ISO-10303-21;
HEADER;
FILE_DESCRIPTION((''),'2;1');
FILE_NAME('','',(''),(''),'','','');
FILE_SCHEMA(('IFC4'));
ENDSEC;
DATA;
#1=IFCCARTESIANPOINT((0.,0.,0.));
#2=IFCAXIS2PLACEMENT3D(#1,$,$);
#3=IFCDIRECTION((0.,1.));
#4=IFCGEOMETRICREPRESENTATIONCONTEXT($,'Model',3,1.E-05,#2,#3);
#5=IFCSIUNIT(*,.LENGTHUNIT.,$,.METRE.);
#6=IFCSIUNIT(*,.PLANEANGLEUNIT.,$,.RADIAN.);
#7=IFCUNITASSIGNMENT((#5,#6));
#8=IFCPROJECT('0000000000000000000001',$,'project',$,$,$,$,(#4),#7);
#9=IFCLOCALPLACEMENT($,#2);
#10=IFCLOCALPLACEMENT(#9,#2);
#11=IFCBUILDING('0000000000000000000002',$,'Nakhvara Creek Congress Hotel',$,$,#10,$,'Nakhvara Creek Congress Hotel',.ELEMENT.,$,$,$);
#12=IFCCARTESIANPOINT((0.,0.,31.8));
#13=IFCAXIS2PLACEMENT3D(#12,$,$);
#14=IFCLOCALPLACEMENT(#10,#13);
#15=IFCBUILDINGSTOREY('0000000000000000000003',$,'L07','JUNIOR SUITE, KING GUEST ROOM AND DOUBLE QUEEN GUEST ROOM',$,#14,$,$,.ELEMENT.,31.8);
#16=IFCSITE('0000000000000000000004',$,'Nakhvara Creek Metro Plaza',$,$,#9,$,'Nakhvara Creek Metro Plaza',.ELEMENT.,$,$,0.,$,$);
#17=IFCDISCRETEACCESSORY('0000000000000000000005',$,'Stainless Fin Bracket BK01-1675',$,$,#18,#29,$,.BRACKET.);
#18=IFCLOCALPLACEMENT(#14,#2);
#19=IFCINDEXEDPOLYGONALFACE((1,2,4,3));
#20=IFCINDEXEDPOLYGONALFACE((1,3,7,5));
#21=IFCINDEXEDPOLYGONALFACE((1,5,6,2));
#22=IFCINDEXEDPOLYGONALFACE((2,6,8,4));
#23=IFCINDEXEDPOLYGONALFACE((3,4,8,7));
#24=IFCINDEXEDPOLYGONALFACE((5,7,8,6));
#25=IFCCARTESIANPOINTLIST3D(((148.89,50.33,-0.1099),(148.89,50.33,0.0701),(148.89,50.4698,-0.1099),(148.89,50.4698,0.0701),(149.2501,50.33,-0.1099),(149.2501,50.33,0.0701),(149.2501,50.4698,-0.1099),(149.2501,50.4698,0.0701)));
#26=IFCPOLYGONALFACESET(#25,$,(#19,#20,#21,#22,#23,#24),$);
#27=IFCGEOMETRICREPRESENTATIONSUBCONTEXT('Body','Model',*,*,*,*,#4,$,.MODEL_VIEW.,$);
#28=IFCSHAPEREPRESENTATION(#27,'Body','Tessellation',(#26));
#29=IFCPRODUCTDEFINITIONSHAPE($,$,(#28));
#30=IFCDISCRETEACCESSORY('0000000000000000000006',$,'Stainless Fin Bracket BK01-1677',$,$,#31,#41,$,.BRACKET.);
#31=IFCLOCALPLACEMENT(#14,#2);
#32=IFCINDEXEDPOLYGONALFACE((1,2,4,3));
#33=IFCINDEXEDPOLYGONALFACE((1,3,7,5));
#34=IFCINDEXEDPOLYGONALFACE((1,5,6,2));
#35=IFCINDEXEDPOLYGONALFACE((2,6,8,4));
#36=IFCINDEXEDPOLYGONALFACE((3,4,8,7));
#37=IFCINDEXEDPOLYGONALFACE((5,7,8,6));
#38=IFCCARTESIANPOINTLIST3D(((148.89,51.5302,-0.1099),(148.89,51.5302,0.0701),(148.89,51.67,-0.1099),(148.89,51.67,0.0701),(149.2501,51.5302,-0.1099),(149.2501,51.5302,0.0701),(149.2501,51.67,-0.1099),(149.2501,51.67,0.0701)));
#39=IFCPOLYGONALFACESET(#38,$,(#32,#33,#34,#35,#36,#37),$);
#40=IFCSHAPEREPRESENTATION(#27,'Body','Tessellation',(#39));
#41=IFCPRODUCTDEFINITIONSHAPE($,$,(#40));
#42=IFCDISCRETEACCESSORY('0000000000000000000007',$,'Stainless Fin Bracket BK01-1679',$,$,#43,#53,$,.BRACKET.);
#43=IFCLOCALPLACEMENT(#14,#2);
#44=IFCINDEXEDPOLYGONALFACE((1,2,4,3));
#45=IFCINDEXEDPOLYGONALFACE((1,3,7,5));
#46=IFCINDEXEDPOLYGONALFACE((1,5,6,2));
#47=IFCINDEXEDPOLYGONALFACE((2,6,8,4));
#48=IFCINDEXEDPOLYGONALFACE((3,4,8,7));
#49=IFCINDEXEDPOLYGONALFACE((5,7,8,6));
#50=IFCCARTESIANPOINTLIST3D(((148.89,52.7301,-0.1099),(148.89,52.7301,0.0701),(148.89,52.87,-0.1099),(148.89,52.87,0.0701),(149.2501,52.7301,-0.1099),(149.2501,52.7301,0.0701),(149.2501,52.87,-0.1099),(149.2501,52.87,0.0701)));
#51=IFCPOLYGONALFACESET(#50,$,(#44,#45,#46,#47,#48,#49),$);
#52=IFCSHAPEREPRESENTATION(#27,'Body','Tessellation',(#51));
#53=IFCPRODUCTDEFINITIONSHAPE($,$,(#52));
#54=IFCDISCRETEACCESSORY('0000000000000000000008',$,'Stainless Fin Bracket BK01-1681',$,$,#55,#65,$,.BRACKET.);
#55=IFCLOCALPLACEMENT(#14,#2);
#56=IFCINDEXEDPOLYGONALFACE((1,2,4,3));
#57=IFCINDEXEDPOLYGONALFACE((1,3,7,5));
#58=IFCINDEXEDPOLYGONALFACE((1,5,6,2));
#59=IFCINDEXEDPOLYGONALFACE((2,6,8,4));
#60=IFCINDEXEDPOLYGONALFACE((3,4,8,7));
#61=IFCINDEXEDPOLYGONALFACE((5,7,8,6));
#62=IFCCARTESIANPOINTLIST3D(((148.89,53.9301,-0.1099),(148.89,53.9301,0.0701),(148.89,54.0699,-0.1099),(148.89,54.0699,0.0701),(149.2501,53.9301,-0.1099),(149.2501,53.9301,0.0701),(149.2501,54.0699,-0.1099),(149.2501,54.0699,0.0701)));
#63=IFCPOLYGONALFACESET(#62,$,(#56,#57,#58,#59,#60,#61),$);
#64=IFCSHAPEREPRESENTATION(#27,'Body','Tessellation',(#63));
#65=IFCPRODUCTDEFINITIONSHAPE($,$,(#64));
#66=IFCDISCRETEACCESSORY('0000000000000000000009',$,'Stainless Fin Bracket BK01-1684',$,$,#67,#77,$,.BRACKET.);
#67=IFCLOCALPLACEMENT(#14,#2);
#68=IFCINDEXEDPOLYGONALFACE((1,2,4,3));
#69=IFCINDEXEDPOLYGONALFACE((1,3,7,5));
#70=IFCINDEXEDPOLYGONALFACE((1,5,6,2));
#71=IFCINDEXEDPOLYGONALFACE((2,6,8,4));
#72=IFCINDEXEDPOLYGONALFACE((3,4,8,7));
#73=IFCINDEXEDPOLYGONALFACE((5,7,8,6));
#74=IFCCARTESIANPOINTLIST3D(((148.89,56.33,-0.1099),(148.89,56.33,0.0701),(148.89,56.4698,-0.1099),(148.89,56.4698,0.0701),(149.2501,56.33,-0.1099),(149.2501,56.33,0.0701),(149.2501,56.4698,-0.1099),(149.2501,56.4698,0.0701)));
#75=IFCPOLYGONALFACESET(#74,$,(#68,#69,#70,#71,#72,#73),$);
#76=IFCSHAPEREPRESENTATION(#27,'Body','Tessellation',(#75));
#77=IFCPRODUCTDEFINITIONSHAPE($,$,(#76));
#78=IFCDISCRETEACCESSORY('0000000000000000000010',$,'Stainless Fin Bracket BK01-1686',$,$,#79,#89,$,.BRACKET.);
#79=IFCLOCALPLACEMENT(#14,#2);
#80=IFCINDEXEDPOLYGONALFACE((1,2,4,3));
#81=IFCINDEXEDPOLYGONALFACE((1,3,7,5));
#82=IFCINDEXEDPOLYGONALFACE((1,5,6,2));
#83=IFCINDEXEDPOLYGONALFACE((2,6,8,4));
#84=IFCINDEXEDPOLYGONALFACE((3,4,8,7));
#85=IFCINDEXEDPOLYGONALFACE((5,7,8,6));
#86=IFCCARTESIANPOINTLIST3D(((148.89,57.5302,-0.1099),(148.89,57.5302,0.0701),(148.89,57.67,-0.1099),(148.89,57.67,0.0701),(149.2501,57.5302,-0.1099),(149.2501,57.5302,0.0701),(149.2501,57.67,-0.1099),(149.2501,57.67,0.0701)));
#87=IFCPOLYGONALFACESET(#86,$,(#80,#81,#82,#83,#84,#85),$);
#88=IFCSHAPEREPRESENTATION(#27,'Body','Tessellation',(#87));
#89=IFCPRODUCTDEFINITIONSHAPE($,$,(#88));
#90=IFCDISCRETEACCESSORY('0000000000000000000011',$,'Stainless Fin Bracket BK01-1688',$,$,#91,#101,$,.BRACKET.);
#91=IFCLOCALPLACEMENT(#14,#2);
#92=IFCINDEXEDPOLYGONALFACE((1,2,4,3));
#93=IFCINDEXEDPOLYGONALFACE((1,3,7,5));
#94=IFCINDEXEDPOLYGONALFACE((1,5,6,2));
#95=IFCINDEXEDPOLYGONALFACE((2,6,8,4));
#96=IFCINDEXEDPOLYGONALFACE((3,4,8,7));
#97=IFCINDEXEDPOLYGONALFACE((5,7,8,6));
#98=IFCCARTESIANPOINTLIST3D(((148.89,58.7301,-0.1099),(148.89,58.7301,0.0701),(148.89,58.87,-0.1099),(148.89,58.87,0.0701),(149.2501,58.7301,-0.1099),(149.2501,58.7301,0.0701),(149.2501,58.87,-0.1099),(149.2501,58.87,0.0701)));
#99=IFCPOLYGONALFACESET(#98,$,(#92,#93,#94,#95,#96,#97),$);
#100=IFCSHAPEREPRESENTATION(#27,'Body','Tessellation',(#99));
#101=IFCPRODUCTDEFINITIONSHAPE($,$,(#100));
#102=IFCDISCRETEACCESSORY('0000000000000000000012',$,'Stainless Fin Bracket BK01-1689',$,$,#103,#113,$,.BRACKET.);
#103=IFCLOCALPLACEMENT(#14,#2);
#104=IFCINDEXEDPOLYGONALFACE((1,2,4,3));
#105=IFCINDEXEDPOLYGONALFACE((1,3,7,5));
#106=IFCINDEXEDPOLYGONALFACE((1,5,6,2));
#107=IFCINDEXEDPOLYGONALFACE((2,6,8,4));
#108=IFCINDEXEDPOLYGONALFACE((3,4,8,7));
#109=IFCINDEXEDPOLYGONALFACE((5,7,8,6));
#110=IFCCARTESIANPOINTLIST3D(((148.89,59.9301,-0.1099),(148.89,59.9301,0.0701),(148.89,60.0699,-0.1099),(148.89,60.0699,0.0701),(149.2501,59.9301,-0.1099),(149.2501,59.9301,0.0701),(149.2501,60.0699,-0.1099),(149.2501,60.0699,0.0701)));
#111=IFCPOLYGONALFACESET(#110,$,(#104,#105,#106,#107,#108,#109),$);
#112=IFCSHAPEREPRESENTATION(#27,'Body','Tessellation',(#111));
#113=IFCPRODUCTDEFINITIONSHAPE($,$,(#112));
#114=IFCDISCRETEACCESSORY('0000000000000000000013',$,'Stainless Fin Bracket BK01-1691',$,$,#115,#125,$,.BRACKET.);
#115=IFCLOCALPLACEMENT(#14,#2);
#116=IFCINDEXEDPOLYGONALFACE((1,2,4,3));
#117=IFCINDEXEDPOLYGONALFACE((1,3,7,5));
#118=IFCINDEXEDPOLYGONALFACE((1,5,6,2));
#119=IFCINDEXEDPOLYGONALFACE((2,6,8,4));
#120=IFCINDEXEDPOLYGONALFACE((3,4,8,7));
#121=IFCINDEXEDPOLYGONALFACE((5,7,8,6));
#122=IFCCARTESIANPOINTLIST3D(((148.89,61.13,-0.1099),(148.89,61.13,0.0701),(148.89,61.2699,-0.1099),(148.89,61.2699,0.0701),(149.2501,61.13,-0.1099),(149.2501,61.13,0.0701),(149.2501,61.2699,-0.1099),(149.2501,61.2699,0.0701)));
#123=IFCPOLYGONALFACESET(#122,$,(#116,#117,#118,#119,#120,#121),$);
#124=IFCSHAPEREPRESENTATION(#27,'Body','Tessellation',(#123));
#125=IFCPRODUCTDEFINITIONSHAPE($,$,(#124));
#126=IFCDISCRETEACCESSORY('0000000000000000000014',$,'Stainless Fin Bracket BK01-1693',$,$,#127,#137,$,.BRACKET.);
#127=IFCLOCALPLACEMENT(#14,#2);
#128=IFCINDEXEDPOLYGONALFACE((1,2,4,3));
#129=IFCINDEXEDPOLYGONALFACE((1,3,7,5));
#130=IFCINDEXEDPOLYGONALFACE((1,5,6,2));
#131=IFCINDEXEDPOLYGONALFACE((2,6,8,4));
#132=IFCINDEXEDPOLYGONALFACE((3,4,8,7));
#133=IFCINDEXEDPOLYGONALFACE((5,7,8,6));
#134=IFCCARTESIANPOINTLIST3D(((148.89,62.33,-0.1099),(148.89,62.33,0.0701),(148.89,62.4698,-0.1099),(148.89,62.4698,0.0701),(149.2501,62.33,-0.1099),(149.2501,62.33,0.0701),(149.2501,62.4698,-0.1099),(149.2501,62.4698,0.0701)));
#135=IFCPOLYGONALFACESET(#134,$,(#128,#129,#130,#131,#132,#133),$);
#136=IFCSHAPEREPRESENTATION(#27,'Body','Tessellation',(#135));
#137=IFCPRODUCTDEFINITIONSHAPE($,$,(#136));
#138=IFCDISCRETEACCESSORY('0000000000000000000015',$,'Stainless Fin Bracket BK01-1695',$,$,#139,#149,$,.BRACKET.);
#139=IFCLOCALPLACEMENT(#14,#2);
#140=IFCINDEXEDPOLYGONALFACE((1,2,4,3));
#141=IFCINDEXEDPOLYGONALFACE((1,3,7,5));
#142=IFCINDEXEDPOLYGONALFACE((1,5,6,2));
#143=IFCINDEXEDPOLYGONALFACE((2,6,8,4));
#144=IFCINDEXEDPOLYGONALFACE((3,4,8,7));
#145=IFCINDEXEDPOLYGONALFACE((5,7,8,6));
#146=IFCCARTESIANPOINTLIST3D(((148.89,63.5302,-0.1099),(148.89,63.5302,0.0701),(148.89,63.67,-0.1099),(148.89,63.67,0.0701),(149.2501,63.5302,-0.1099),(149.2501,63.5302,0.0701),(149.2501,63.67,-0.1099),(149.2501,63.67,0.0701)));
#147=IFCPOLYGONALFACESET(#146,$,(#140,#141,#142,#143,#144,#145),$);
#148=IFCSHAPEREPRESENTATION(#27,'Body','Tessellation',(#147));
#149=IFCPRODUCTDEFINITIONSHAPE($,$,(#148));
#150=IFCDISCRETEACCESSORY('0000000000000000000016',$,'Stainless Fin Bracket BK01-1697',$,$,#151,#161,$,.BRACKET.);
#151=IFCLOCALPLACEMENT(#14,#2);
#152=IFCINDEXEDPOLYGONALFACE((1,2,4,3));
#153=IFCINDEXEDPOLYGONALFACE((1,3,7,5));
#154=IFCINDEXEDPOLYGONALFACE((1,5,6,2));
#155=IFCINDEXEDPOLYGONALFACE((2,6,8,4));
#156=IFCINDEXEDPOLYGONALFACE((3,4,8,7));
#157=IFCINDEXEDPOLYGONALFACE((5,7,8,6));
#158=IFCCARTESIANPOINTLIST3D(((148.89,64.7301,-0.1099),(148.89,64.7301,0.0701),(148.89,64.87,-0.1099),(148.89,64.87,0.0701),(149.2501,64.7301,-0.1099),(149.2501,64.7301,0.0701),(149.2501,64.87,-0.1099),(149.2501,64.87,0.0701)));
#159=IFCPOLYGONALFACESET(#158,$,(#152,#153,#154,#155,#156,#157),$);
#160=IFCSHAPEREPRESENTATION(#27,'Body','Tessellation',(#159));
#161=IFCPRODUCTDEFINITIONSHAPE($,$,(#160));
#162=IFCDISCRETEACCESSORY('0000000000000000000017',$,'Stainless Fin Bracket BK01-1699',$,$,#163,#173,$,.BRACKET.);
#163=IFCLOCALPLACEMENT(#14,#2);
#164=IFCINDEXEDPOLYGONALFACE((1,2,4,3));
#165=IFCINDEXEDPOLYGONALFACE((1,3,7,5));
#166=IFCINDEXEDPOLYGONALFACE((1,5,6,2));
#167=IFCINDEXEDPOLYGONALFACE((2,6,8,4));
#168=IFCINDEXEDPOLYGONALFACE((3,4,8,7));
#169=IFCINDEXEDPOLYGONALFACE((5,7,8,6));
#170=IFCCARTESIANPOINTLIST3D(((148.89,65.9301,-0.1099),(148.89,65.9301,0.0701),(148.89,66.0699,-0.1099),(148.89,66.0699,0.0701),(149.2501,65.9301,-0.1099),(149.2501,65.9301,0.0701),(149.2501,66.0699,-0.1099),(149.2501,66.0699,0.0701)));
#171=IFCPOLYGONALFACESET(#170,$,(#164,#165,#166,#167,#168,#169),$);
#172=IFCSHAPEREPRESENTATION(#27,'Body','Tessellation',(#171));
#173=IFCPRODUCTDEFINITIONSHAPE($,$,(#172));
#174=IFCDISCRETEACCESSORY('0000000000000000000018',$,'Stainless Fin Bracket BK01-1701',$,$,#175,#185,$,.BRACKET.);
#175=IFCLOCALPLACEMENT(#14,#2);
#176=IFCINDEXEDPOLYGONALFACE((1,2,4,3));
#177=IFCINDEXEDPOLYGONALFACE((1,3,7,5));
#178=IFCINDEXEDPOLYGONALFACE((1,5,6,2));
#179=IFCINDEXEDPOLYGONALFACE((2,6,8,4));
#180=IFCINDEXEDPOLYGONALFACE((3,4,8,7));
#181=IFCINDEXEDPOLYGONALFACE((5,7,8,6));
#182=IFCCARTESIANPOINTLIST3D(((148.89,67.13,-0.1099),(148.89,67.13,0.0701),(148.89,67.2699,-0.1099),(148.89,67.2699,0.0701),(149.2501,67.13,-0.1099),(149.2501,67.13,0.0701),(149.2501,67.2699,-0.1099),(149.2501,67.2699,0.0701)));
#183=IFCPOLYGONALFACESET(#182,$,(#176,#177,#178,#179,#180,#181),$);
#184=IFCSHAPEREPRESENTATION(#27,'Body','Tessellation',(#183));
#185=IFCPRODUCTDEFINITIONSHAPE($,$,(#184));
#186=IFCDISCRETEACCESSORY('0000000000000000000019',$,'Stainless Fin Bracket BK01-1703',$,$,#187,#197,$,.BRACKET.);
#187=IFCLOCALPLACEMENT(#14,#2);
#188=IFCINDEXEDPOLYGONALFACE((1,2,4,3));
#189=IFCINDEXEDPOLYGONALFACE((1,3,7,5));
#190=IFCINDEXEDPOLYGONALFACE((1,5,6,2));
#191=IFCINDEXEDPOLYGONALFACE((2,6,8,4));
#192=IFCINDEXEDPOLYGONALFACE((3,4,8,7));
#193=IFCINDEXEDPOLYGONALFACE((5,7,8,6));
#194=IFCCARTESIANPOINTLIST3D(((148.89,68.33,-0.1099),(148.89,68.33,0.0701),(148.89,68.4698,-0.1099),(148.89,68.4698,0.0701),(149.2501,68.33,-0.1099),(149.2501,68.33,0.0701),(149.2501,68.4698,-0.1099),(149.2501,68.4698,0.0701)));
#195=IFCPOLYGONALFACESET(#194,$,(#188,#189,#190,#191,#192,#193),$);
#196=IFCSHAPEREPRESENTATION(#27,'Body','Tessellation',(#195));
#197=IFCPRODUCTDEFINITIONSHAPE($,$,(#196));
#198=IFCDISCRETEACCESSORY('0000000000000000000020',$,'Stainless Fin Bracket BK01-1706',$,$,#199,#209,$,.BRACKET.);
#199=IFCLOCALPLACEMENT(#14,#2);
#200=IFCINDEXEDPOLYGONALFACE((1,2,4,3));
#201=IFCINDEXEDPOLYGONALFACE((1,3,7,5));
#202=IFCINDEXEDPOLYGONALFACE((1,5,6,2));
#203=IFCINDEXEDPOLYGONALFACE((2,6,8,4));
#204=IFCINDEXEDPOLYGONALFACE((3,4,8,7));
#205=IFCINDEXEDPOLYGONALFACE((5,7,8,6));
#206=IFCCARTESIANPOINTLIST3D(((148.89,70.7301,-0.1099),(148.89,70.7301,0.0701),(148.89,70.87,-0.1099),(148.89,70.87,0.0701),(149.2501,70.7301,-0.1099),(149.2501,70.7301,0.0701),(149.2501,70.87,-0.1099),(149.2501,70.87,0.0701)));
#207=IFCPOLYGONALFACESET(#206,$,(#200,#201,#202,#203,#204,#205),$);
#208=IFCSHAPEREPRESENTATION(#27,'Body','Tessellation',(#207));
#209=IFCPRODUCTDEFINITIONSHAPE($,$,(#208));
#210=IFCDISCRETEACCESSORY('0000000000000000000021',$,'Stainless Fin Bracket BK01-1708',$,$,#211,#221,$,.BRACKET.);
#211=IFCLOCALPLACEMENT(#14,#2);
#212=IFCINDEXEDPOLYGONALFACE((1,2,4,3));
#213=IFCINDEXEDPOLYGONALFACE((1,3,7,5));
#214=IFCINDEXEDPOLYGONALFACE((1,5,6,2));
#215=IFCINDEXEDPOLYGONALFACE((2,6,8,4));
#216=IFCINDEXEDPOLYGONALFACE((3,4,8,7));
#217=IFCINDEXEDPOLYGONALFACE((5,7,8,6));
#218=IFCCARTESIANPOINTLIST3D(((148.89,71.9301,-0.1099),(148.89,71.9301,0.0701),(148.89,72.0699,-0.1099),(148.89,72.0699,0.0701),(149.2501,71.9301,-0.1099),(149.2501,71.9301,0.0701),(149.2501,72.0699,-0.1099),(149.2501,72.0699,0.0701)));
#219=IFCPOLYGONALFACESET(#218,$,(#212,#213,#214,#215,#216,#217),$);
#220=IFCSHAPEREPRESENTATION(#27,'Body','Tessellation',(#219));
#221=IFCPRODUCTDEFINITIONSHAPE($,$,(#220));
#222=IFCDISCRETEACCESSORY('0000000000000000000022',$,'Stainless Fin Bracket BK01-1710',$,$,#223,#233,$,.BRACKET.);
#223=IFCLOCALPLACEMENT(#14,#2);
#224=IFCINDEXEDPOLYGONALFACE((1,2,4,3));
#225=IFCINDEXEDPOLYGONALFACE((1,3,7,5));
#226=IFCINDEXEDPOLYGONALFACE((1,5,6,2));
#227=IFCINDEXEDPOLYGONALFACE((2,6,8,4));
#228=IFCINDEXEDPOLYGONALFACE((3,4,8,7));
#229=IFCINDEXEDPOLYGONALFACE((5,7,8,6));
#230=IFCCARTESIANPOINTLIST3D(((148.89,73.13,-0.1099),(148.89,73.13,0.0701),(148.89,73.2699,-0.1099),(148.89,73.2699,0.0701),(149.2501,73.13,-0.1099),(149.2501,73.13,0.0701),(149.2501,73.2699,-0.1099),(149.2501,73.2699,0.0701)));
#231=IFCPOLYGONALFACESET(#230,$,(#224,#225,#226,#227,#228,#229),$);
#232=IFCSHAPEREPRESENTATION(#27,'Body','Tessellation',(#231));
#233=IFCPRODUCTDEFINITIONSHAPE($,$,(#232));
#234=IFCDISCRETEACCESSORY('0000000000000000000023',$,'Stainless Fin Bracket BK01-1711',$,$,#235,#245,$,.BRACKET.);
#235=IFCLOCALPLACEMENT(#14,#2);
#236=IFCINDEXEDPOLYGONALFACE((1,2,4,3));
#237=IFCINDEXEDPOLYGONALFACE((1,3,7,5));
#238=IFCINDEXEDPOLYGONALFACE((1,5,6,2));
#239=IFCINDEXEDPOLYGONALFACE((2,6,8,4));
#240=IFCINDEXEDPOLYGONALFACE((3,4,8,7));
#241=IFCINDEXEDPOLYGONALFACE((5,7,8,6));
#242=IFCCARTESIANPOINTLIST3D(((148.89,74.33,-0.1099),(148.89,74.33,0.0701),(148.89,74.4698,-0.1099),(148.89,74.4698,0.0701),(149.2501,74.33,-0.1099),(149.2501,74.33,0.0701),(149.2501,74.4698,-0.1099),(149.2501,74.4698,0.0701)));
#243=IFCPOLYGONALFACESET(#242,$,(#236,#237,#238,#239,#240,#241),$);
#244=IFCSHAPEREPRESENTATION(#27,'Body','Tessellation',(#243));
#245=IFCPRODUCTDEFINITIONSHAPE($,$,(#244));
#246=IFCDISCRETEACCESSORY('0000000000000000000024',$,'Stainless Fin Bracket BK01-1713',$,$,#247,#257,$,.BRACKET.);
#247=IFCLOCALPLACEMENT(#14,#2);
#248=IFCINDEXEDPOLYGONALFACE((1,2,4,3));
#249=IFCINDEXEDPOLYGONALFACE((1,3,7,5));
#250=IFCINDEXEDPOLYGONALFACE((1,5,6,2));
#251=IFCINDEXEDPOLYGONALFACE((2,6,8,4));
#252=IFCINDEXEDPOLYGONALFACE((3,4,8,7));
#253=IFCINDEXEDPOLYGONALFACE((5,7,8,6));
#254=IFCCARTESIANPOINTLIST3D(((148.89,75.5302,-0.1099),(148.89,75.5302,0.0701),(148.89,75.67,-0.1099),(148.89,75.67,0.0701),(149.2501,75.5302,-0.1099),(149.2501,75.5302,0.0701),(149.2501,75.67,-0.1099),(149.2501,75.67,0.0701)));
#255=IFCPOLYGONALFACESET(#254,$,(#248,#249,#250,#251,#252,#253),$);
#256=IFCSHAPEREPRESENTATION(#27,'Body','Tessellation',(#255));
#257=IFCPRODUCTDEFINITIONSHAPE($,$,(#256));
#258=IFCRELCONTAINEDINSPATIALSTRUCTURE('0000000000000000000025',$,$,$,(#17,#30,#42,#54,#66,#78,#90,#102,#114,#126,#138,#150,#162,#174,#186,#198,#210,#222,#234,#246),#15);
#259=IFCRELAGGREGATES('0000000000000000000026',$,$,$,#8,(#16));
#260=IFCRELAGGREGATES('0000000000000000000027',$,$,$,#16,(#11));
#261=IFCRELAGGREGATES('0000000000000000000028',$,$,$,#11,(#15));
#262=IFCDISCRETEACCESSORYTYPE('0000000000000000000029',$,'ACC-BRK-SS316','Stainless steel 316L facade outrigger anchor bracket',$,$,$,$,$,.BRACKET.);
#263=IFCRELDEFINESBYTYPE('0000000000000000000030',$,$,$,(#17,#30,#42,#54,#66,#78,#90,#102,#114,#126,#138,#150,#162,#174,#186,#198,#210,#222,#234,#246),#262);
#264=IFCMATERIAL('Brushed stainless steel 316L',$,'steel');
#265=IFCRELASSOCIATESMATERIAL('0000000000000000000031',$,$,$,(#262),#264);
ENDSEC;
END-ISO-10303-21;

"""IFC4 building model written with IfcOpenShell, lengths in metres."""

from ifc_helpers import new_model, si_unit, direction, frame, origin, origin_2d, place, context, subcontext, project, spatial, rectangle, extrude, material, type_object, element, save


model = new_model("IFC4")

# Units and contexts
model_context = context("Model", 3, precision=1e-05, world=origin(), true_north=direction((0.0, 1.0)))
body_context = subcontext(model_context, "Body", "Model", "MODEL_VIEW")
ifc_project = project(units=[si_unit("LENGTHUNIT", "METRE"), si_unit("PLANEANGLEUNIT", "RADIAN")], contexts=[model_context])

# Site, building, storey
site_placement = place(None, origin())
site = spatial("IfcSite", under=ifc_project, at=site_placement, Name="Nakhvara Creek Metro Plaza", LongName="Nakhvara Creek Metro Plaza", CompositionType="ELEMENT", RefElevation=0.0)
building_placement = place(site_placement, origin())
building = spatial("IfcBuilding", under=site, at=building_placement, Name="Nakhvara Creek Congress Hotel", LongName="Nakhvara Creek Congress Hotel", CompositionType="ELEMENT")
storey_placement = place(building_placement, frame((0.0, 0.0, 31.8)))
storey = spatial("IfcBuildingStorey", under=building, at=storey_placement, Name="L07", Description="JUNIOR SUITE, KING GUEST ROOM AND DOUBLE QUEEN GUEST ROOM", CompositionType="ELEMENT", Elevation=31.8)

# Discrete accessories
ifc_material_1 = material(Name="Brushed stainless steel 316L", Category="steel")
discrete_accessory_type = type_object("IfcDiscreteAccessoryType", Name="ACC-BRK-SS316", Description="Stainless steel 316L facade outrigger anchor bracket", PredefinedType="BRACKET", material=ifc_material_1)
for number, where, z_axis, x_axis, name in (
    (1, (149.0701, 50.3999, -0.1099), (0.0, 0.0, 1.0), (0.0, 1.0, 0.0), "Stainless Fin Bracket BK01-1675"),
    (2, (149.0701, 51.6001, -0.1099), (0.0, 0.0, 1.0), (0.0, 1.0, 0.0), "Stainless Fin Bracket BK01-1677"),
    (3, (149.0701, 52.8, -0.1099), (0.0, 0.0, 1.0), (0.0, 1.0, 0.0), "Stainless Fin Bracket BK01-1679"),
    (4, (149.0701, 54.0, -0.1099), (0.0, 0.0, 1.0), (0.0, 1.0, 0.0), "Stainless Fin Bracket BK01-1681"),
    (5, (149.0701, 56.3999, -0.1099), (0.0, 0.0, 1.0), (0.0, 1.0, 0.0), "Stainless Fin Bracket BK01-1684"),
    (6, (149.0701, 57.6001, -0.1099), (0.0, 0.0, 1.0), (0.0, 1.0, 0.0), "Stainless Fin Bracket BK01-1686"),
    (7, (149.0701, 58.8, -0.1099), (0.0, 0.0, 1.0), (0.0, 1.0, 0.0), "Stainless Fin Bracket BK01-1688"),
    (8, (149.0701, 60.0, -0.1099), (0.0, 0.0, 1.0), (0.0, 1.0, 0.0), "Stainless Fin Bracket BK01-1689"),
    (9, (149.0701, 61.2, -0.1099), (0.0, 0.0, 1.0), (0.0, 1.0, 0.0), "Stainless Fin Bracket BK01-1691"),
    (10, (149.0701, 62.3999, -0.1099), (0.0, 0.0, 1.0), (0.0, 1.0, 0.0), "Stainless Fin Bracket BK01-1693"),
    (11, (149.0701, 63.6001, -0.1099), (0.0, 0.0, 1.0), (0.0, 1.0, 0.0), "Stainless Fin Bracket BK01-1695"),
    (12, (149.0701, 64.8, -0.1099), (0.0, 0.0, 1.0), (0.0, 1.0, 0.0), "Stainless Fin Bracket BK01-1697"),
    (13, (149.0701, 66.0, -0.1099), (0.0, 0.0, 1.0), (0.0, 1.0, 0.0), "Stainless Fin Bracket BK01-1699"),
    (14, (149.0701, 67.2, -0.1099), (0.0, 0.0, 1.0), (0.0, 1.0, 0.0), "Stainless Fin Bracket BK01-1701"),
    (15, (149.0701, 68.3999, -0.1099), (0.0, 0.0, 1.0), (0.0, 1.0, 0.0), "Stainless Fin Bracket BK01-1703"),
    (16, (149.0701, 70.8, -0.1099), (0.0, 0.0, 1.0), (0.0, 1.0, 0.0), "Stainless Fin Bracket BK01-1706"),
    (17, (149.0701, 72.0, -0.1099), (0.0, 0.0, 1.0), (0.0, 1.0, 0.0), "Stainless Fin Bracket BK01-1708"),
    (18, (149.0701, 73.2, -0.1099), (0.0, 0.0, 1.0), (0.0, 1.0, 0.0), "Stainless Fin Bracket BK01-1710"),
    (19, (149.0701, 74.3999, -0.1099), (0.0, 0.0, 1.0), (0.0, 1.0, 0.0), "Stainless Fin Bracket BK01-1711"),
    (20, (149.0701, 75.6001, -0.1099), (0.0, 0.0, 1.0), (0.0, 1.0, 0.0), "Stainless Fin Bracket BK01-1713"),
):
    element("IfcDiscreteAccessory", number, at=place(storey_placement, frame(where, z_axis=z_axis, x_axis=x_axis)), inside=storey, type_object=discrete_accessory_type, Name=name, PredefinedType="BRACKET", context=body_context, shape_type="SweptSolid", body=[
        extrude(rectangle(XDim=0.1399, YDim=0.3601, at=origin_2d()), origin(), (0.0, 0.0, 1.0), 0.1799),
    ])

save(model, "model.ifc")
